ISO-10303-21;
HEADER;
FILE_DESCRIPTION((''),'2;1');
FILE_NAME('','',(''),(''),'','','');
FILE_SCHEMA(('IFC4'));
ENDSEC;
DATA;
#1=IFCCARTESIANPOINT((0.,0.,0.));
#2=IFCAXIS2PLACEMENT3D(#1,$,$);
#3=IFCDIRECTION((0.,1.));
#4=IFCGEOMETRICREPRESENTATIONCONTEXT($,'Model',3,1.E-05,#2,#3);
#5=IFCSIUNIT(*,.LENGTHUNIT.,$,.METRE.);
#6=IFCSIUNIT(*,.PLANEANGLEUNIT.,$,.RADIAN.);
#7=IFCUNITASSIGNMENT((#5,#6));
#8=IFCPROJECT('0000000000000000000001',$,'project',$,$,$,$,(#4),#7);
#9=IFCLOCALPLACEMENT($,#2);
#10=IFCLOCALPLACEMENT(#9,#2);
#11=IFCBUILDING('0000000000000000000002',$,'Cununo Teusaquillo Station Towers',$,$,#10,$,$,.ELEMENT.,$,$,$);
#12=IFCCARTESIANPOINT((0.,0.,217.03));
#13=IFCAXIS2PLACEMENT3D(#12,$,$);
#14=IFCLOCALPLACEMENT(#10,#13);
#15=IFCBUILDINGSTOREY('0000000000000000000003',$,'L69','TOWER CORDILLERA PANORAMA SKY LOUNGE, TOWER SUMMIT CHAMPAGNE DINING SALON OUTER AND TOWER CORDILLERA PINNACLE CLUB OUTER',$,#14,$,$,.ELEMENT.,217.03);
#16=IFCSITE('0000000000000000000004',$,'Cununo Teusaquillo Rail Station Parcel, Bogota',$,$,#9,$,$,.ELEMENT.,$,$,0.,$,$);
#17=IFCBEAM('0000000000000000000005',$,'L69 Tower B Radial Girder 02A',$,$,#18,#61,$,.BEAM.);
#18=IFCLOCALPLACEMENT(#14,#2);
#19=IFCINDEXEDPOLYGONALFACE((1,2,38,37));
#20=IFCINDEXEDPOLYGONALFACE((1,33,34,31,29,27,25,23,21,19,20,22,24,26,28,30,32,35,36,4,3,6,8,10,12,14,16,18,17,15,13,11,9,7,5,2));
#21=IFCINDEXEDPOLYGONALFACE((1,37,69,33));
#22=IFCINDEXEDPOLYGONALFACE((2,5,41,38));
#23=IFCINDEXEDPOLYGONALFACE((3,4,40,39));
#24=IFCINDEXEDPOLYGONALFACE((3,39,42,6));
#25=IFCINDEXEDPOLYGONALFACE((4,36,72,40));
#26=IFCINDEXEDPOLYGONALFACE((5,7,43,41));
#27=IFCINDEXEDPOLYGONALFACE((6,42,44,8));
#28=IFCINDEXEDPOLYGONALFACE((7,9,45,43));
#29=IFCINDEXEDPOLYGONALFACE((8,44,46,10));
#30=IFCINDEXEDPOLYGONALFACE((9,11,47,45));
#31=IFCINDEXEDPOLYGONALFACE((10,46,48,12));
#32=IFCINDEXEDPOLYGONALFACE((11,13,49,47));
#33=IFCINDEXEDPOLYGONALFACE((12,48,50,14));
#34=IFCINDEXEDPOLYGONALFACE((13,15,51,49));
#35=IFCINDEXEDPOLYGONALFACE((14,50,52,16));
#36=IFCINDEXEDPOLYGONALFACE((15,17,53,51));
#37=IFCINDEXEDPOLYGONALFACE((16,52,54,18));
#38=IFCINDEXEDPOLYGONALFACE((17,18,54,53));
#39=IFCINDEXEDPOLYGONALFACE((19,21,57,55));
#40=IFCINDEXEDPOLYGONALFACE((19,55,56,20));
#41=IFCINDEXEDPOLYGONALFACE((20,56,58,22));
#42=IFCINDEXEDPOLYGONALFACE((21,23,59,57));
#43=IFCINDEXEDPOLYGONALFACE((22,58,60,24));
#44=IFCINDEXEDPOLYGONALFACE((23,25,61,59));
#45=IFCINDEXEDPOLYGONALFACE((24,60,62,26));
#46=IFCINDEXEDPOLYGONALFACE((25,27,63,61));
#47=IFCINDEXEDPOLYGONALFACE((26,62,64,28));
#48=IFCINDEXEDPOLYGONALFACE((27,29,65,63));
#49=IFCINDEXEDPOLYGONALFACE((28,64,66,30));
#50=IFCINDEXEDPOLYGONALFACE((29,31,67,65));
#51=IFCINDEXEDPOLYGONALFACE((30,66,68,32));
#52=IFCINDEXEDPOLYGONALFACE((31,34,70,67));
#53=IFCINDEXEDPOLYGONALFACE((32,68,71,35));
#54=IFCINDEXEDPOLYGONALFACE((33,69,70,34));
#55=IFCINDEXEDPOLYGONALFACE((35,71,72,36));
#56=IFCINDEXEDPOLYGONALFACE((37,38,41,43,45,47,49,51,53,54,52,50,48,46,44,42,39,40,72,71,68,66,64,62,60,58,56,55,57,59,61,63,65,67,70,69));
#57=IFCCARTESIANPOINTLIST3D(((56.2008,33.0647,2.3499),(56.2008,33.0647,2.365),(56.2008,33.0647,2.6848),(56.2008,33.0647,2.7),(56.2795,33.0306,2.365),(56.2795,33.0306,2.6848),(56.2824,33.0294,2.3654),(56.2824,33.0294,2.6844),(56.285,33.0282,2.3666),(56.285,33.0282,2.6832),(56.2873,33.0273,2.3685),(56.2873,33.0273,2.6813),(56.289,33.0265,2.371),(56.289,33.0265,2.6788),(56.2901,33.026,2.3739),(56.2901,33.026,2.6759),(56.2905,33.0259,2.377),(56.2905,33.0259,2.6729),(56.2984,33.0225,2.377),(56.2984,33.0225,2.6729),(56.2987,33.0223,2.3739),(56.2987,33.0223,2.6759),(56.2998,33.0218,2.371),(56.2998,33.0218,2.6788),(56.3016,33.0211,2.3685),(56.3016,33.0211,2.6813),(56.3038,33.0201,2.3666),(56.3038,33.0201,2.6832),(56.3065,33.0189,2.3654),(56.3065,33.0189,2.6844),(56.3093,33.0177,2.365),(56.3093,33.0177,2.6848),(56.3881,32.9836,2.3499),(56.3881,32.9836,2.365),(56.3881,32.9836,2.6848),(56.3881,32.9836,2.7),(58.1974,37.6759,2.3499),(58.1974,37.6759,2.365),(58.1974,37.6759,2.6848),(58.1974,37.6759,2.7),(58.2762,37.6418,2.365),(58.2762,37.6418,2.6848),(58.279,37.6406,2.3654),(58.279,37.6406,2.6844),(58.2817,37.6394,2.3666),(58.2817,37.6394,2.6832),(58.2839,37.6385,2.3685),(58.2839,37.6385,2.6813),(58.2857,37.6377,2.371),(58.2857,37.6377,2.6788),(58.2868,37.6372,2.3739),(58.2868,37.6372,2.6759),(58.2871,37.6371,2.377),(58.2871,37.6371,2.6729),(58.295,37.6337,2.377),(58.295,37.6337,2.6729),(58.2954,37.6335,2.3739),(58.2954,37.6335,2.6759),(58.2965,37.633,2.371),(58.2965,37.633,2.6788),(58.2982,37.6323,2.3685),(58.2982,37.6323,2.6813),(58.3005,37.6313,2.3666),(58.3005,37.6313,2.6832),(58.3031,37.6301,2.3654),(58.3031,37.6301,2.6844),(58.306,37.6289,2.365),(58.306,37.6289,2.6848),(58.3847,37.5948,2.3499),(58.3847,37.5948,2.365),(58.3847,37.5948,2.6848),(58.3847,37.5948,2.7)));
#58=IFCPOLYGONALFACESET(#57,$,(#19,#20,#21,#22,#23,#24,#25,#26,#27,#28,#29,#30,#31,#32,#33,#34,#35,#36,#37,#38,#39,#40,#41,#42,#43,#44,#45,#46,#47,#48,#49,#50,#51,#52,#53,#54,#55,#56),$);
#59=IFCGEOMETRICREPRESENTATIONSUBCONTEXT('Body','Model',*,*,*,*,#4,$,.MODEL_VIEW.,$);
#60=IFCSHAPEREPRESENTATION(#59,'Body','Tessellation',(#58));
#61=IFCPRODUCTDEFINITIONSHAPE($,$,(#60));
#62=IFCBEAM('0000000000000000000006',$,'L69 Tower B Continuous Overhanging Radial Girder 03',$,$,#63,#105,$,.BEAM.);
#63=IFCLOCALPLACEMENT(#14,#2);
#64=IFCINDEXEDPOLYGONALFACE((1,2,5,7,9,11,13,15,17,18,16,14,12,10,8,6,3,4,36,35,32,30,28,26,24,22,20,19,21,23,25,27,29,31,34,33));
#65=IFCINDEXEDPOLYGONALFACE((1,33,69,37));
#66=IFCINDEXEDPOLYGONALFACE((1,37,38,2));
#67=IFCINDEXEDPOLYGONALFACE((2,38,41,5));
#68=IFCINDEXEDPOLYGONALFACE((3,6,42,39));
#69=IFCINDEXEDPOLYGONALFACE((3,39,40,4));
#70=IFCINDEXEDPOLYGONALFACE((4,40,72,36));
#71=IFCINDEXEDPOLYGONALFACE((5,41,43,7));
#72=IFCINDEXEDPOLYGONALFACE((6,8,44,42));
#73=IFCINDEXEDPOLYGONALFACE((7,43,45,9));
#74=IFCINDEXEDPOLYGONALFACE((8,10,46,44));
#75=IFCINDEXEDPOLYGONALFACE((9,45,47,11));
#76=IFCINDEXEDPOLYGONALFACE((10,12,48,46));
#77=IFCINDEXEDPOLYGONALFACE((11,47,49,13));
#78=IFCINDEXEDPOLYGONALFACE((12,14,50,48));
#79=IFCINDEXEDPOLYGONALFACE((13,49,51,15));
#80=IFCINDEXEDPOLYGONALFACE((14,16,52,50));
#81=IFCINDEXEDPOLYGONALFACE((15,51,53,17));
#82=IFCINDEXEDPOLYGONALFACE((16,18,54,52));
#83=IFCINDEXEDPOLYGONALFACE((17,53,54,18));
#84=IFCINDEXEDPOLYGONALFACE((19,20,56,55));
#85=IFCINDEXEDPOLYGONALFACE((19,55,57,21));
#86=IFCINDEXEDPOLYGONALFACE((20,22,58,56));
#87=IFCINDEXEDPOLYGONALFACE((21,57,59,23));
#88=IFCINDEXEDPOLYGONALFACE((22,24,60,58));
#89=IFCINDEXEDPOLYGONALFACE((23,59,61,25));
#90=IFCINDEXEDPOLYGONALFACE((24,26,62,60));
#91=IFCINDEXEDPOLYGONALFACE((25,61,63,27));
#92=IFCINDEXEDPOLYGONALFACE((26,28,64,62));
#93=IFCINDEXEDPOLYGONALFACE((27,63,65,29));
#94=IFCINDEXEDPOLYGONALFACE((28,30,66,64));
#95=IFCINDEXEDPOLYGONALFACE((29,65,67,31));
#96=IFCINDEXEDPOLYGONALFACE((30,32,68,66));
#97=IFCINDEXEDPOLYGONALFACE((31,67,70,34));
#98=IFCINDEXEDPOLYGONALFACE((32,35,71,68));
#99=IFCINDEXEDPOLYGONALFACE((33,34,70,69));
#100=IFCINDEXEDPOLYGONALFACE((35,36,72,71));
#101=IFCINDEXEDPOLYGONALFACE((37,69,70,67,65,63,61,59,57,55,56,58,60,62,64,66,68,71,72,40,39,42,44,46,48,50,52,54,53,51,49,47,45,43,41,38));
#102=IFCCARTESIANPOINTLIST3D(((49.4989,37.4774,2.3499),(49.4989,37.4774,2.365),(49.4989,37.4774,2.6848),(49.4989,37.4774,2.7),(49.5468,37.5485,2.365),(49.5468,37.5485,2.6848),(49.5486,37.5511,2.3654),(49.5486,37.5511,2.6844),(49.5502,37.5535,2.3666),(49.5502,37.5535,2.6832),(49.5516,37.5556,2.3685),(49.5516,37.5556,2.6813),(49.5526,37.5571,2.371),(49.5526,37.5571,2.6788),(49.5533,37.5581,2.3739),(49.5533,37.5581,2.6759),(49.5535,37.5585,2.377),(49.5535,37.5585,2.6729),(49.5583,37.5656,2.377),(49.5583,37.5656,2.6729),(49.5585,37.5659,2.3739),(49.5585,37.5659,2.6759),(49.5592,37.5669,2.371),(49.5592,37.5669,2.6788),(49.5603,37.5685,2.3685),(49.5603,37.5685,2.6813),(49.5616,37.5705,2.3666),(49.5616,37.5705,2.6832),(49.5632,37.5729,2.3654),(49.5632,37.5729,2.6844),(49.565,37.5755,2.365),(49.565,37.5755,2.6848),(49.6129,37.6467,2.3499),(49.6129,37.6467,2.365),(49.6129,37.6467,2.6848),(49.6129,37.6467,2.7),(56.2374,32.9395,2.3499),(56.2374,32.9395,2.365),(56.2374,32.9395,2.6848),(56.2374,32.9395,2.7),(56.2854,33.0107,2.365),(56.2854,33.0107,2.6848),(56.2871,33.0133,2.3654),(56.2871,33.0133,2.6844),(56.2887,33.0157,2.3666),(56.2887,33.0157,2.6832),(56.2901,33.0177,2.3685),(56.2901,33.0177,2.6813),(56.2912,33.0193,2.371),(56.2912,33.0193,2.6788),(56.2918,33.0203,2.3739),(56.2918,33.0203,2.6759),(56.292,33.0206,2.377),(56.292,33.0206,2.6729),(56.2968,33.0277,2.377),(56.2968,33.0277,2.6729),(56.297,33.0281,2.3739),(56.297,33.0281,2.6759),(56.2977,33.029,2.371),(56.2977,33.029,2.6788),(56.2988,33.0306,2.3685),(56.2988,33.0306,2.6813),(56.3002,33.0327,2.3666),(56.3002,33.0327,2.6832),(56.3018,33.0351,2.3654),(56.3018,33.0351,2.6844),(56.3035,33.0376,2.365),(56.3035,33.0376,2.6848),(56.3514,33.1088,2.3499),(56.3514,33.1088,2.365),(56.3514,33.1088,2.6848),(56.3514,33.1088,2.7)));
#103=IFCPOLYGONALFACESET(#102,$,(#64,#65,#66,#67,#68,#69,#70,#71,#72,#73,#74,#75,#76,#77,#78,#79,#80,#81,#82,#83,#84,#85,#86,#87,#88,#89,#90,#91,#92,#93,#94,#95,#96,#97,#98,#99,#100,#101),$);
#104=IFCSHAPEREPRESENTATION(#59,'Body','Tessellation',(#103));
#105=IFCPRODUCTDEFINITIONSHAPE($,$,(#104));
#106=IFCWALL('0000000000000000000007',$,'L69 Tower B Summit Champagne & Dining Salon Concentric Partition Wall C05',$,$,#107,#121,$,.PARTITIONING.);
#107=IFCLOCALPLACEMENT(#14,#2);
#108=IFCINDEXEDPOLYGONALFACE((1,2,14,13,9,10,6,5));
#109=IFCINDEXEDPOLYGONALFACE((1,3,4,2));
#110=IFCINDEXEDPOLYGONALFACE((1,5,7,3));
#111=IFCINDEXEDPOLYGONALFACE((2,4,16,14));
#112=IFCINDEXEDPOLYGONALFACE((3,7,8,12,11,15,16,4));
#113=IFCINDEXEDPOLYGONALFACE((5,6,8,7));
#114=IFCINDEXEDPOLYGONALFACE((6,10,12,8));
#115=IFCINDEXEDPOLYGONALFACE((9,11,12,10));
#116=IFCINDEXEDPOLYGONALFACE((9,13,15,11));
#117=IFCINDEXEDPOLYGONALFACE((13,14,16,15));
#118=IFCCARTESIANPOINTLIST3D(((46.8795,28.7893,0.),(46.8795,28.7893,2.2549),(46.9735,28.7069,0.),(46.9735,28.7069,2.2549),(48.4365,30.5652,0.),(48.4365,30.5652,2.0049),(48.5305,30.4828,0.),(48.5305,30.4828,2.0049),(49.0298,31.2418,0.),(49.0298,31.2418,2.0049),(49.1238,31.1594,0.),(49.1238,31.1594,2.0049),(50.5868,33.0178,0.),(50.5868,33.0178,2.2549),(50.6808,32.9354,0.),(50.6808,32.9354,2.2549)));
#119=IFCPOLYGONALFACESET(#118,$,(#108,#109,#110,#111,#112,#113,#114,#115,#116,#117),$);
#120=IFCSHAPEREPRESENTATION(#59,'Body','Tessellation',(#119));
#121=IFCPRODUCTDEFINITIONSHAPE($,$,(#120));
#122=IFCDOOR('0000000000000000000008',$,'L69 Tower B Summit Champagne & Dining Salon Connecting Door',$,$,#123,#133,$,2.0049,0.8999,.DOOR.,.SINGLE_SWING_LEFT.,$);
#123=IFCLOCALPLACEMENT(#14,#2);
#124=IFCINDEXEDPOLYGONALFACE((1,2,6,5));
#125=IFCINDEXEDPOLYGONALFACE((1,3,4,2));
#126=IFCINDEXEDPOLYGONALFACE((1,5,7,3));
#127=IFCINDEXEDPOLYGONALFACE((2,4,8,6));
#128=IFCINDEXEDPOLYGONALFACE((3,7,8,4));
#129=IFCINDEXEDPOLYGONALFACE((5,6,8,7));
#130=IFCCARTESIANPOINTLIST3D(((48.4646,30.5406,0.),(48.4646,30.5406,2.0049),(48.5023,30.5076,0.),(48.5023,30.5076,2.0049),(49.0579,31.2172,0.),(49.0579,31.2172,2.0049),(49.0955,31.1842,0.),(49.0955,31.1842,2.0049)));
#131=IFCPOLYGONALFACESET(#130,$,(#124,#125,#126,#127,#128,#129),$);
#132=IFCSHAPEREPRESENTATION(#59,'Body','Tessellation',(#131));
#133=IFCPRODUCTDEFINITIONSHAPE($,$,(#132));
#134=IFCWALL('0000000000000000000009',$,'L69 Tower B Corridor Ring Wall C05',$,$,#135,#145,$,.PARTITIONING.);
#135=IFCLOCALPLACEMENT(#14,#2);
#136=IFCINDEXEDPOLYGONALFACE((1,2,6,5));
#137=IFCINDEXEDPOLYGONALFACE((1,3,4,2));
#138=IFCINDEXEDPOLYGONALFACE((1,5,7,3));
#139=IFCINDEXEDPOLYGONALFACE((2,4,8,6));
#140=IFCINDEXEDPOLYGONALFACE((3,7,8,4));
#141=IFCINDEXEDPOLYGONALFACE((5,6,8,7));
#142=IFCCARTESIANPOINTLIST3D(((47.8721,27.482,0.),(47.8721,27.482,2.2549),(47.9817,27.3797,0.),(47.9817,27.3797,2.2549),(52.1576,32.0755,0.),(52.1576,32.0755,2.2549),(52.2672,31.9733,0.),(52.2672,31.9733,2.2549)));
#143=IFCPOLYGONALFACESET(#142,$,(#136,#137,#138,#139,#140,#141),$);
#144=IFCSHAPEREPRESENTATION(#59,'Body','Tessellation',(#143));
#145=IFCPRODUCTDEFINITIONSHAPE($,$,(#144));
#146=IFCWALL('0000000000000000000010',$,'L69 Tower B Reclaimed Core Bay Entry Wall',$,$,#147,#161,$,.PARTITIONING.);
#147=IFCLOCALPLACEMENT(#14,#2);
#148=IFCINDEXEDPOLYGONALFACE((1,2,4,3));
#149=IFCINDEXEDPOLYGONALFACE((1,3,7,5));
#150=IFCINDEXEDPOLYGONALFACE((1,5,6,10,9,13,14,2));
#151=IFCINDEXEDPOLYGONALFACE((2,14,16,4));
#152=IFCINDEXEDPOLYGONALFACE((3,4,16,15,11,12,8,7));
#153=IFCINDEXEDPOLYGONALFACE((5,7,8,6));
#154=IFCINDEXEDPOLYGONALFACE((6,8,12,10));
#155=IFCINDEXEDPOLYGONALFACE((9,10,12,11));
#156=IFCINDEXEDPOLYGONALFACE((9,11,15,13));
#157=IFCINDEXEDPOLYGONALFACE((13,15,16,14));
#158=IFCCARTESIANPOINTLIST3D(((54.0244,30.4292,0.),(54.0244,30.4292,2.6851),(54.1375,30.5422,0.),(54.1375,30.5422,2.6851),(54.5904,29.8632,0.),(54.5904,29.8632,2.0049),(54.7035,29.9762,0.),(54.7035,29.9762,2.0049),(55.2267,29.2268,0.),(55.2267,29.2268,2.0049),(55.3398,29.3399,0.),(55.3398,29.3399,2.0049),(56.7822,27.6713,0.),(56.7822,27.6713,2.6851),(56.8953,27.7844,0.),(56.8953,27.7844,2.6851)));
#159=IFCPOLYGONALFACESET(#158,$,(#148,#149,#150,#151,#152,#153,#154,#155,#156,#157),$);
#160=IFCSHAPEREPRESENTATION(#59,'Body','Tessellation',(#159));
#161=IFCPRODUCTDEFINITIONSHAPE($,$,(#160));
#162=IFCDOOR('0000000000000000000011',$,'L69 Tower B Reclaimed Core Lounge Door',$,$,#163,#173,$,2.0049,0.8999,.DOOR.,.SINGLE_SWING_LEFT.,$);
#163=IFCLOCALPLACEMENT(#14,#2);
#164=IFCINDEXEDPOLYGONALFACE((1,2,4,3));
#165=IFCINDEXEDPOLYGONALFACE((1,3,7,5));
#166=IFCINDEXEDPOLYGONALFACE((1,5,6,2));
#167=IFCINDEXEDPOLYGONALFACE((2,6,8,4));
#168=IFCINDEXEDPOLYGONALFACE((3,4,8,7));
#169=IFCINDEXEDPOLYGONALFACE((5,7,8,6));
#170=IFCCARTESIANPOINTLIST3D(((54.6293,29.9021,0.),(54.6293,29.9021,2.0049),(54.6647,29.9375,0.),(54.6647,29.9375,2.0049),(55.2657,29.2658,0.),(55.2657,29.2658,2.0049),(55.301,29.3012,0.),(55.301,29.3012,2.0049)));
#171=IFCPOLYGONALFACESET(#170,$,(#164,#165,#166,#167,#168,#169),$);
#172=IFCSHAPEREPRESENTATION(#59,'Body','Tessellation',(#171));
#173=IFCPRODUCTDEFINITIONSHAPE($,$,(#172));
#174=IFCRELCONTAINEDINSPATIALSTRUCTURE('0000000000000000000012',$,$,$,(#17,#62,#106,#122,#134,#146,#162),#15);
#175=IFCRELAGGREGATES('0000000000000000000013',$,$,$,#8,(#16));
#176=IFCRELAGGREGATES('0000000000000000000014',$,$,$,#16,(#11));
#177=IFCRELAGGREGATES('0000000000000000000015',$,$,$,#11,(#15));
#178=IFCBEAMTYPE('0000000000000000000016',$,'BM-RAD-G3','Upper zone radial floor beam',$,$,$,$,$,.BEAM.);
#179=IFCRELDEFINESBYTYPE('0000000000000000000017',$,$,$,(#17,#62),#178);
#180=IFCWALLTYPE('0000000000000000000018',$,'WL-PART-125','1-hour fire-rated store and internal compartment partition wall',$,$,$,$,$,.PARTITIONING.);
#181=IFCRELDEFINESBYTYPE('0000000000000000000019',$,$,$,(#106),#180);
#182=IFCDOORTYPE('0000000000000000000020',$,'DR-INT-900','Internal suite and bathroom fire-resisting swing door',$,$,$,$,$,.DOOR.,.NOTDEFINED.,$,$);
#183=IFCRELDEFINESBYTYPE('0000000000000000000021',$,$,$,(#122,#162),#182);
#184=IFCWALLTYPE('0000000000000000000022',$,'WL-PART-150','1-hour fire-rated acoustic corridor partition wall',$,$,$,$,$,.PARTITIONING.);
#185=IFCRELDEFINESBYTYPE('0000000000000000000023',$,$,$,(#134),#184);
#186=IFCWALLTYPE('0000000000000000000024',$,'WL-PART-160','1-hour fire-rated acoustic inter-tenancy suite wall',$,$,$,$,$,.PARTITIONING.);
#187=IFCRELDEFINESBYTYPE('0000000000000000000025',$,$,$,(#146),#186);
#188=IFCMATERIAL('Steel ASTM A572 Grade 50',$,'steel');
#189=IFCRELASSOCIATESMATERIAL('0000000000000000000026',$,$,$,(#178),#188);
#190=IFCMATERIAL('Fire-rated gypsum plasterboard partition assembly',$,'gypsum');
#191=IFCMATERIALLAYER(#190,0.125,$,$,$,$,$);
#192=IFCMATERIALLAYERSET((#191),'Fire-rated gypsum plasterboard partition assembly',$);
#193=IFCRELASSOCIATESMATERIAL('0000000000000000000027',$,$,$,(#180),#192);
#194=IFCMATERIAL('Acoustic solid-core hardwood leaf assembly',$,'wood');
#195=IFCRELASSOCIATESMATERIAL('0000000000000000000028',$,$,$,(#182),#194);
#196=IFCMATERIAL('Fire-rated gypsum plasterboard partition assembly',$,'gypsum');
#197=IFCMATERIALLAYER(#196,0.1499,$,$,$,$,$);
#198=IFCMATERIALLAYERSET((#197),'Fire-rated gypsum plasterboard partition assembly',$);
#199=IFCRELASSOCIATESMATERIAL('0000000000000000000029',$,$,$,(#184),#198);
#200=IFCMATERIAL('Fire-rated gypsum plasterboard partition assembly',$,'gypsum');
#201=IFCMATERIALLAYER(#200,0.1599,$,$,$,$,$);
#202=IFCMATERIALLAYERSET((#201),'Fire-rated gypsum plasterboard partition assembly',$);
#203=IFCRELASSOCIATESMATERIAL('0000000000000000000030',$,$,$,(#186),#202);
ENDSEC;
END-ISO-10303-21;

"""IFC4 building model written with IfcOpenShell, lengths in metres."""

from ifc_helpers import new_model, si_unit, direction, frame, frame_2d, origin, origin_2d, place, context, subcontext, project, spatial, rectangle, i_section, extrude, source, transform, mapped, material, layer, layer_set, material_profile, profile_set, type_object, element, fill, save


model = new_model("IFC4")

# Units and contexts
model_context = context("Model", 3, precision=1e-05, world=origin(), true_north=direction((0.0, 1.0)))
body_context = subcontext(model_context, "Body", "Model", "MODEL_VIEW")
ifc_project = project(units=[si_unit("LENGTHUNIT", "METRE"), si_unit("PLANEANGLEUNIT", "RADIAN")], contexts=[model_context])

# Site, building, storey
site_placement = place(None, origin())
site = spatial("IfcSite", under=ifc_project, at=site_placement, Name="Cununo Teusaquillo Rail Station Parcel, Bogota", CompositionType="ELEMENT", RefElevation=0.0)
building_placement = place(site_placement, origin())
building = spatial("IfcBuilding", under=site, at=building_placement, Name="Cununo Teusaquillo Station Towers", CompositionType="ELEMENT")
storey_placement = place(building_placement, frame((0.0, 0.0, 217.03)))
storey = spatial("IfcBuildingStorey", under=building, at=storey_placement, Name="L69", Description="TOWER CORDILLERA PANORAMA SKY LOUNGE, TOWER SUMMIT CHAMPAGNE DINING SALON OUTER AND TOWER CORDILLERA PINNACLE CLUB OUTER", CompositionType="ELEMENT", Elevation=217.03)

# Beams
ifc_material_1 = material(Name="Steel ASTM A572 Grade 50", Category="steel")
ifc_material_profile_1 = material_profile(ifc_material_1, i_section(OverallWidth=0.2041, OverallDepth=0.3501, WebThickness=0.0085, FlangeThickness=0.0151, FilletRadius=0.012, at=origin_2d()), Name="W14X48")
ifc_profile_set_1 = profile_set([ifc_material_profile_1], Name="Steel ASTM A572 Grade 50")
beam_type_1 = type_object("IfcBeamType", Name="BM-RAD-G3", Description="Upper zone radial floor beam", PredefinedType="BEAM", material=ifc_profile_set_1)
beam_1_placement = place(storey_placement, frame((56.2944, 33.0242, 2.5249), z_axis=(0.397347, 0.917668, 0.0), x_axis=(-0.917668, 0.397347, 0.0)))
element("IfcBeam", 1, at=beam_1_placement, inside=storey, type_object=beam_type_1, Name="L69 Tower B Radial Girder 02A", PredefinedType="BEAM", context=body_context, shape_type="SweptSolid", body=[
    extrude(i_section(OverallWidth=0.2041, OverallDepth=0.3501, WebThickness=0.0085, FlangeThickness=0.0151, FilletRadius=0.012, at=origin_2d()), origin(), (0.0, 0.0, 1.0), 5.0249),
])
beam_2_placement = place(storey_placement, frame((56.2944, 33.0242, 2.5249), z_axis=(-0.829457, 0.558571, 0.0), x_axis=(-0.558571, -0.829457, 0.0)))
element("IfcBeam", 2, at=beam_2_placement, inside=storey, type_object=beam_type_1, Name="L69 Tower B Continuous Overhanging Radial Girder 03", PredefinedType="BEAM", context=body_context, shape_type="SweptSolid", body=[
    extrude(i_section(OverallWidth=0.2041, OverallDepth=0.3501, WebThickness=0.0085, FlangeThickness=0.0151, FilletRadius=0.012, at=origin_2d()), origin(), (0.0, 0.0, 1.0), 8.124),
])

# Wall, opening, door
ifc_material_2 = material(Name="Fire-rated gypsum plasterboard partition assembly", Category="gypsum")
ifc_layer_1 = layer(ifc_material_2, 0.125)
ifc_layer_set_1 = layer_set([ifc_layer_1], Name="Fire-rated gypsum plasterboard partition assembly")
wall_type_1 = type_object("IfcWallType", Name="WL-PART-125", Description="1-hour fire-rated store and internal compartment partition wall", PredefinedType="PARTITIONING", material=ifc_layer_set_1)
wall_1_placement = place(storey_placement, frame((50.6338, 32.9766, 0.0), z_axis=(0.0, 0.0, 1.0), x_axis=(-0.659242, -0.751931, 0.0)))
wall_1 = element("IfcWall", 3, at=wall_1_placement, inside=storey, type_object=wall_type_1, Name="L69 Tower B Summit Champagne & Dining Salon Concentric Partition Wall C05", PredefinedType="PARTITIONING", context=body_context, shape_type="SweptSolid", body=[
    extrude(rectangle(XDim=5.6235, YDim=0.125, at=frame_2d((2.8118, 0.0))), origin(), (0.0, 0.0, 1.0), 2.2549),
])
shared_shape_1 = source(origin(), body_context, "Body", "SweptSolid", [
    extrude(rectangle(XDim=0.8999, YDim=2.0049, at=frame_2d((0.45, 1.0024))), frame((0.0, 0.0725, 0.0), z_axis=(0.0, -1.0, 0.0), x_axis=(1.0, 0.0, 0.0)), (0.0, 0.0, 1.0), 0.145),
])
opening_1_placement = place(wall_1_placement, frame((2.3618, 0.0, 0.0)))
opening_1 = element("IfcOpeningElement", 4, at=opening_1_placement, cuts=wall_1, PredefinedType="OPENING", context=body_context, shape_type="MappedRepresentation", body=[
    mapped(shared_shape_1, transform((0.0, 0.0, 0.0), x_axis=(1.0, 0.0, 0.0), y_axis=(0.0, 1.0, 0.0), z_axis=(0.0, 0.0, 1.0), scale=1.0)),
])
ifc_material_3 = material(Name="Acoustic solid-core hardwood leaf assembly", Category="wood")
door_type_1 = type_object("IfcDoorType", Name="DR-INT-900", Description="Internal suite and bathroom fire-resisting swing door", OperationType="NOTDEFINED", PredefinedType="DOOR", material=ifc_material_3)
shared_shape_2 = source(origin(), body_context, "Body", "SweptSolid", [
    extrude(rectangle(XDim=0.8999, YDim=2.0049, at=frame_2d((0.45, 1.0024))), frame((0.0, 0.0249, 0.0), z_axis=(0.0, -1.0, 0.0), x_axis=(1.0, 0.0, 0.0)), (0.0, 0.0, 1.0), 0.05),
])
door_1_placement = place(opening_1_placement, origin())
door_1 = element("IfcDoor", 5, at=door_1_placement, inside=storey, type_object=door_type_1, Name="L69 Tower B Summit Champagne & Dining Salon Connecting Door", OperationType="SINGLE_SWING_LEFT", OverallHeight=2.0049, OverallWidth=0.8999, PredefinedType="DOOR", context=body_context, shape_type="MappedRepresentation", body=[
    mapped(shared_shape_2, transform((0.0, 0.0, 0.0), x_axis=(1.0, 0.0, 0.0), y_axis=(0.0, 1.0, 0.0), z_axis=(0.0, 0.0, 1.0), scale=1.0)),
])
fill(opening_1, door_1)

# Wall
ifc_material_4 = material(Name="Fire-rated gypsum plasterboard partition assembly", Category="gypsum")
ifc_layer_2 = layer(ifc_material_4, 0.1499)
ifc_layer_set_2 = layer_set([ifc_layer_2], Name="Fire-rated gypsum plasterboard partition assembly")
wall_type_2 = type_object("IfcWallType", Name="WL-PART-150", Description="1-hour fire-rated acoustic corridor partition wall", PredefinedType="PARTITIONING", material=ifc_layer_set_2)
wall_2_placement = place(storey_placement, frame((52.2124, 32.0244, 0.0), z_axis=(0.0, 0.0, 1.0), x_axis=(-0.682159, -0.731204, 0.0)))
element("IfcWall", 6, at=wall_2_placement, inside=storey, type_object=wall_type_2, Name="L69 Tower B Corridor Ring Wall C05", PredefinedType="PARTITIONING", context=body_context, shape_type="SweptSolid", body=[
    extrude(rectangle(XDim=6.2822, YDim=0.1499, at=frame_2d((3.1411, 0.0))), origin(), (0.0, 0.0, 1.0), 2.2549),
])

# Wall, opening, door
ifc_material_5 = material(Name="Fire-rated gypsum plasterboard partition assembly", Category="gypsum")
ifc_layer_3 = layer(ifc_material_5, 0.1599)
ifc_layer_set_3 = layer_set([ifc_layer_3], Name="Fire-rated gypsum plasterboard partition assembly")
wall_type_3 = type_object("IfcWallType", Name="WL-PART-160", Description="1-hour fire-rated acoustic inter-tenancy suite wall", PredefinedType="PARTITIONING", material=ifc_layer_set_3)
wall_3_placement = place(storey_placement, frame((56.8389, 27.7278, 0.0), z_axis=(0.0, 0.0, 1.0), x_axis=(-0.707107, 0.707107, 0.0)))
wall_3 = element("IfcWall", 7, at=wall_3_placement, inside=storey, type_object=wall_type_3, Name="L69 Tower B Reclaimed Core Bay Entry Wall", PredefinedType="PARTITIONING", context=body_context, shape_type="SweptSolid", body=[
    extrude(rectangle(XDim=3.9001, YDim=0.1599, at=frame_2d((1.9502, 0.0))), origin(), (0.0, 0.0, 1.0), 2.6851),
])
shared_shape_3 = source(origin(), body_context, "Body", "SweptSolid", [
    extrude(rectangle(XDim=0.8999, YDim=2.0049, at=frame_2d((0.45, 1.0024))), frame((0.0, 0.0898, 0.0), z_axis=(0.0, -1.0, 0.0), x_axis=(1.0, 0.0, 0.0)), (0.0, 0.0, 1.0), 0.1799),
])
opening_2_placement = place(wall_3_placement, frame((2.2, 0.0, 0.0)))
opening_2 = element("IfcOpeningElement", 8, at=opening_2_placement, cuts=wall_3, PredefinedType="OPENING", context=body_context, shape_type="MappedRepresentation", body=[
    mapped(shared_shape_3, transform((0.0, 0.0, 0.0), x_axis=(1.0, 0.0, 0.0), y_axis=(0.0, 1.0, 0.0), z_axis=(0.0, 0.0, 1.0), scale=1.0)),
])
door_2_placement = place(opening_2_placement, origin())
door_2 = element("IfcDoor", 9, at=door_2_placement, inside=storey, type_object=door_type_1, Name="L69 Tower B Reclaimed Core Lounge Door", OperationType="SINGLE_SWING_LEFT", OverallHeight=2.0049, OverallWidth=0.8999, PredefinedType="DOOR", context=body_context, shape_type="MappedRepresentation", body=[
    mapped(shared_shape_2, transform((0.0, 0.0, 0.0), x_axis=(1.0, 0.0, 0.0), y_axis=(0.0, 1.0, 0.0), z_axis=(0.0, 0.0, 1.0), scale=1.0)),
])
fill(opening_2, door_2)

save(model, "model.ifc")
